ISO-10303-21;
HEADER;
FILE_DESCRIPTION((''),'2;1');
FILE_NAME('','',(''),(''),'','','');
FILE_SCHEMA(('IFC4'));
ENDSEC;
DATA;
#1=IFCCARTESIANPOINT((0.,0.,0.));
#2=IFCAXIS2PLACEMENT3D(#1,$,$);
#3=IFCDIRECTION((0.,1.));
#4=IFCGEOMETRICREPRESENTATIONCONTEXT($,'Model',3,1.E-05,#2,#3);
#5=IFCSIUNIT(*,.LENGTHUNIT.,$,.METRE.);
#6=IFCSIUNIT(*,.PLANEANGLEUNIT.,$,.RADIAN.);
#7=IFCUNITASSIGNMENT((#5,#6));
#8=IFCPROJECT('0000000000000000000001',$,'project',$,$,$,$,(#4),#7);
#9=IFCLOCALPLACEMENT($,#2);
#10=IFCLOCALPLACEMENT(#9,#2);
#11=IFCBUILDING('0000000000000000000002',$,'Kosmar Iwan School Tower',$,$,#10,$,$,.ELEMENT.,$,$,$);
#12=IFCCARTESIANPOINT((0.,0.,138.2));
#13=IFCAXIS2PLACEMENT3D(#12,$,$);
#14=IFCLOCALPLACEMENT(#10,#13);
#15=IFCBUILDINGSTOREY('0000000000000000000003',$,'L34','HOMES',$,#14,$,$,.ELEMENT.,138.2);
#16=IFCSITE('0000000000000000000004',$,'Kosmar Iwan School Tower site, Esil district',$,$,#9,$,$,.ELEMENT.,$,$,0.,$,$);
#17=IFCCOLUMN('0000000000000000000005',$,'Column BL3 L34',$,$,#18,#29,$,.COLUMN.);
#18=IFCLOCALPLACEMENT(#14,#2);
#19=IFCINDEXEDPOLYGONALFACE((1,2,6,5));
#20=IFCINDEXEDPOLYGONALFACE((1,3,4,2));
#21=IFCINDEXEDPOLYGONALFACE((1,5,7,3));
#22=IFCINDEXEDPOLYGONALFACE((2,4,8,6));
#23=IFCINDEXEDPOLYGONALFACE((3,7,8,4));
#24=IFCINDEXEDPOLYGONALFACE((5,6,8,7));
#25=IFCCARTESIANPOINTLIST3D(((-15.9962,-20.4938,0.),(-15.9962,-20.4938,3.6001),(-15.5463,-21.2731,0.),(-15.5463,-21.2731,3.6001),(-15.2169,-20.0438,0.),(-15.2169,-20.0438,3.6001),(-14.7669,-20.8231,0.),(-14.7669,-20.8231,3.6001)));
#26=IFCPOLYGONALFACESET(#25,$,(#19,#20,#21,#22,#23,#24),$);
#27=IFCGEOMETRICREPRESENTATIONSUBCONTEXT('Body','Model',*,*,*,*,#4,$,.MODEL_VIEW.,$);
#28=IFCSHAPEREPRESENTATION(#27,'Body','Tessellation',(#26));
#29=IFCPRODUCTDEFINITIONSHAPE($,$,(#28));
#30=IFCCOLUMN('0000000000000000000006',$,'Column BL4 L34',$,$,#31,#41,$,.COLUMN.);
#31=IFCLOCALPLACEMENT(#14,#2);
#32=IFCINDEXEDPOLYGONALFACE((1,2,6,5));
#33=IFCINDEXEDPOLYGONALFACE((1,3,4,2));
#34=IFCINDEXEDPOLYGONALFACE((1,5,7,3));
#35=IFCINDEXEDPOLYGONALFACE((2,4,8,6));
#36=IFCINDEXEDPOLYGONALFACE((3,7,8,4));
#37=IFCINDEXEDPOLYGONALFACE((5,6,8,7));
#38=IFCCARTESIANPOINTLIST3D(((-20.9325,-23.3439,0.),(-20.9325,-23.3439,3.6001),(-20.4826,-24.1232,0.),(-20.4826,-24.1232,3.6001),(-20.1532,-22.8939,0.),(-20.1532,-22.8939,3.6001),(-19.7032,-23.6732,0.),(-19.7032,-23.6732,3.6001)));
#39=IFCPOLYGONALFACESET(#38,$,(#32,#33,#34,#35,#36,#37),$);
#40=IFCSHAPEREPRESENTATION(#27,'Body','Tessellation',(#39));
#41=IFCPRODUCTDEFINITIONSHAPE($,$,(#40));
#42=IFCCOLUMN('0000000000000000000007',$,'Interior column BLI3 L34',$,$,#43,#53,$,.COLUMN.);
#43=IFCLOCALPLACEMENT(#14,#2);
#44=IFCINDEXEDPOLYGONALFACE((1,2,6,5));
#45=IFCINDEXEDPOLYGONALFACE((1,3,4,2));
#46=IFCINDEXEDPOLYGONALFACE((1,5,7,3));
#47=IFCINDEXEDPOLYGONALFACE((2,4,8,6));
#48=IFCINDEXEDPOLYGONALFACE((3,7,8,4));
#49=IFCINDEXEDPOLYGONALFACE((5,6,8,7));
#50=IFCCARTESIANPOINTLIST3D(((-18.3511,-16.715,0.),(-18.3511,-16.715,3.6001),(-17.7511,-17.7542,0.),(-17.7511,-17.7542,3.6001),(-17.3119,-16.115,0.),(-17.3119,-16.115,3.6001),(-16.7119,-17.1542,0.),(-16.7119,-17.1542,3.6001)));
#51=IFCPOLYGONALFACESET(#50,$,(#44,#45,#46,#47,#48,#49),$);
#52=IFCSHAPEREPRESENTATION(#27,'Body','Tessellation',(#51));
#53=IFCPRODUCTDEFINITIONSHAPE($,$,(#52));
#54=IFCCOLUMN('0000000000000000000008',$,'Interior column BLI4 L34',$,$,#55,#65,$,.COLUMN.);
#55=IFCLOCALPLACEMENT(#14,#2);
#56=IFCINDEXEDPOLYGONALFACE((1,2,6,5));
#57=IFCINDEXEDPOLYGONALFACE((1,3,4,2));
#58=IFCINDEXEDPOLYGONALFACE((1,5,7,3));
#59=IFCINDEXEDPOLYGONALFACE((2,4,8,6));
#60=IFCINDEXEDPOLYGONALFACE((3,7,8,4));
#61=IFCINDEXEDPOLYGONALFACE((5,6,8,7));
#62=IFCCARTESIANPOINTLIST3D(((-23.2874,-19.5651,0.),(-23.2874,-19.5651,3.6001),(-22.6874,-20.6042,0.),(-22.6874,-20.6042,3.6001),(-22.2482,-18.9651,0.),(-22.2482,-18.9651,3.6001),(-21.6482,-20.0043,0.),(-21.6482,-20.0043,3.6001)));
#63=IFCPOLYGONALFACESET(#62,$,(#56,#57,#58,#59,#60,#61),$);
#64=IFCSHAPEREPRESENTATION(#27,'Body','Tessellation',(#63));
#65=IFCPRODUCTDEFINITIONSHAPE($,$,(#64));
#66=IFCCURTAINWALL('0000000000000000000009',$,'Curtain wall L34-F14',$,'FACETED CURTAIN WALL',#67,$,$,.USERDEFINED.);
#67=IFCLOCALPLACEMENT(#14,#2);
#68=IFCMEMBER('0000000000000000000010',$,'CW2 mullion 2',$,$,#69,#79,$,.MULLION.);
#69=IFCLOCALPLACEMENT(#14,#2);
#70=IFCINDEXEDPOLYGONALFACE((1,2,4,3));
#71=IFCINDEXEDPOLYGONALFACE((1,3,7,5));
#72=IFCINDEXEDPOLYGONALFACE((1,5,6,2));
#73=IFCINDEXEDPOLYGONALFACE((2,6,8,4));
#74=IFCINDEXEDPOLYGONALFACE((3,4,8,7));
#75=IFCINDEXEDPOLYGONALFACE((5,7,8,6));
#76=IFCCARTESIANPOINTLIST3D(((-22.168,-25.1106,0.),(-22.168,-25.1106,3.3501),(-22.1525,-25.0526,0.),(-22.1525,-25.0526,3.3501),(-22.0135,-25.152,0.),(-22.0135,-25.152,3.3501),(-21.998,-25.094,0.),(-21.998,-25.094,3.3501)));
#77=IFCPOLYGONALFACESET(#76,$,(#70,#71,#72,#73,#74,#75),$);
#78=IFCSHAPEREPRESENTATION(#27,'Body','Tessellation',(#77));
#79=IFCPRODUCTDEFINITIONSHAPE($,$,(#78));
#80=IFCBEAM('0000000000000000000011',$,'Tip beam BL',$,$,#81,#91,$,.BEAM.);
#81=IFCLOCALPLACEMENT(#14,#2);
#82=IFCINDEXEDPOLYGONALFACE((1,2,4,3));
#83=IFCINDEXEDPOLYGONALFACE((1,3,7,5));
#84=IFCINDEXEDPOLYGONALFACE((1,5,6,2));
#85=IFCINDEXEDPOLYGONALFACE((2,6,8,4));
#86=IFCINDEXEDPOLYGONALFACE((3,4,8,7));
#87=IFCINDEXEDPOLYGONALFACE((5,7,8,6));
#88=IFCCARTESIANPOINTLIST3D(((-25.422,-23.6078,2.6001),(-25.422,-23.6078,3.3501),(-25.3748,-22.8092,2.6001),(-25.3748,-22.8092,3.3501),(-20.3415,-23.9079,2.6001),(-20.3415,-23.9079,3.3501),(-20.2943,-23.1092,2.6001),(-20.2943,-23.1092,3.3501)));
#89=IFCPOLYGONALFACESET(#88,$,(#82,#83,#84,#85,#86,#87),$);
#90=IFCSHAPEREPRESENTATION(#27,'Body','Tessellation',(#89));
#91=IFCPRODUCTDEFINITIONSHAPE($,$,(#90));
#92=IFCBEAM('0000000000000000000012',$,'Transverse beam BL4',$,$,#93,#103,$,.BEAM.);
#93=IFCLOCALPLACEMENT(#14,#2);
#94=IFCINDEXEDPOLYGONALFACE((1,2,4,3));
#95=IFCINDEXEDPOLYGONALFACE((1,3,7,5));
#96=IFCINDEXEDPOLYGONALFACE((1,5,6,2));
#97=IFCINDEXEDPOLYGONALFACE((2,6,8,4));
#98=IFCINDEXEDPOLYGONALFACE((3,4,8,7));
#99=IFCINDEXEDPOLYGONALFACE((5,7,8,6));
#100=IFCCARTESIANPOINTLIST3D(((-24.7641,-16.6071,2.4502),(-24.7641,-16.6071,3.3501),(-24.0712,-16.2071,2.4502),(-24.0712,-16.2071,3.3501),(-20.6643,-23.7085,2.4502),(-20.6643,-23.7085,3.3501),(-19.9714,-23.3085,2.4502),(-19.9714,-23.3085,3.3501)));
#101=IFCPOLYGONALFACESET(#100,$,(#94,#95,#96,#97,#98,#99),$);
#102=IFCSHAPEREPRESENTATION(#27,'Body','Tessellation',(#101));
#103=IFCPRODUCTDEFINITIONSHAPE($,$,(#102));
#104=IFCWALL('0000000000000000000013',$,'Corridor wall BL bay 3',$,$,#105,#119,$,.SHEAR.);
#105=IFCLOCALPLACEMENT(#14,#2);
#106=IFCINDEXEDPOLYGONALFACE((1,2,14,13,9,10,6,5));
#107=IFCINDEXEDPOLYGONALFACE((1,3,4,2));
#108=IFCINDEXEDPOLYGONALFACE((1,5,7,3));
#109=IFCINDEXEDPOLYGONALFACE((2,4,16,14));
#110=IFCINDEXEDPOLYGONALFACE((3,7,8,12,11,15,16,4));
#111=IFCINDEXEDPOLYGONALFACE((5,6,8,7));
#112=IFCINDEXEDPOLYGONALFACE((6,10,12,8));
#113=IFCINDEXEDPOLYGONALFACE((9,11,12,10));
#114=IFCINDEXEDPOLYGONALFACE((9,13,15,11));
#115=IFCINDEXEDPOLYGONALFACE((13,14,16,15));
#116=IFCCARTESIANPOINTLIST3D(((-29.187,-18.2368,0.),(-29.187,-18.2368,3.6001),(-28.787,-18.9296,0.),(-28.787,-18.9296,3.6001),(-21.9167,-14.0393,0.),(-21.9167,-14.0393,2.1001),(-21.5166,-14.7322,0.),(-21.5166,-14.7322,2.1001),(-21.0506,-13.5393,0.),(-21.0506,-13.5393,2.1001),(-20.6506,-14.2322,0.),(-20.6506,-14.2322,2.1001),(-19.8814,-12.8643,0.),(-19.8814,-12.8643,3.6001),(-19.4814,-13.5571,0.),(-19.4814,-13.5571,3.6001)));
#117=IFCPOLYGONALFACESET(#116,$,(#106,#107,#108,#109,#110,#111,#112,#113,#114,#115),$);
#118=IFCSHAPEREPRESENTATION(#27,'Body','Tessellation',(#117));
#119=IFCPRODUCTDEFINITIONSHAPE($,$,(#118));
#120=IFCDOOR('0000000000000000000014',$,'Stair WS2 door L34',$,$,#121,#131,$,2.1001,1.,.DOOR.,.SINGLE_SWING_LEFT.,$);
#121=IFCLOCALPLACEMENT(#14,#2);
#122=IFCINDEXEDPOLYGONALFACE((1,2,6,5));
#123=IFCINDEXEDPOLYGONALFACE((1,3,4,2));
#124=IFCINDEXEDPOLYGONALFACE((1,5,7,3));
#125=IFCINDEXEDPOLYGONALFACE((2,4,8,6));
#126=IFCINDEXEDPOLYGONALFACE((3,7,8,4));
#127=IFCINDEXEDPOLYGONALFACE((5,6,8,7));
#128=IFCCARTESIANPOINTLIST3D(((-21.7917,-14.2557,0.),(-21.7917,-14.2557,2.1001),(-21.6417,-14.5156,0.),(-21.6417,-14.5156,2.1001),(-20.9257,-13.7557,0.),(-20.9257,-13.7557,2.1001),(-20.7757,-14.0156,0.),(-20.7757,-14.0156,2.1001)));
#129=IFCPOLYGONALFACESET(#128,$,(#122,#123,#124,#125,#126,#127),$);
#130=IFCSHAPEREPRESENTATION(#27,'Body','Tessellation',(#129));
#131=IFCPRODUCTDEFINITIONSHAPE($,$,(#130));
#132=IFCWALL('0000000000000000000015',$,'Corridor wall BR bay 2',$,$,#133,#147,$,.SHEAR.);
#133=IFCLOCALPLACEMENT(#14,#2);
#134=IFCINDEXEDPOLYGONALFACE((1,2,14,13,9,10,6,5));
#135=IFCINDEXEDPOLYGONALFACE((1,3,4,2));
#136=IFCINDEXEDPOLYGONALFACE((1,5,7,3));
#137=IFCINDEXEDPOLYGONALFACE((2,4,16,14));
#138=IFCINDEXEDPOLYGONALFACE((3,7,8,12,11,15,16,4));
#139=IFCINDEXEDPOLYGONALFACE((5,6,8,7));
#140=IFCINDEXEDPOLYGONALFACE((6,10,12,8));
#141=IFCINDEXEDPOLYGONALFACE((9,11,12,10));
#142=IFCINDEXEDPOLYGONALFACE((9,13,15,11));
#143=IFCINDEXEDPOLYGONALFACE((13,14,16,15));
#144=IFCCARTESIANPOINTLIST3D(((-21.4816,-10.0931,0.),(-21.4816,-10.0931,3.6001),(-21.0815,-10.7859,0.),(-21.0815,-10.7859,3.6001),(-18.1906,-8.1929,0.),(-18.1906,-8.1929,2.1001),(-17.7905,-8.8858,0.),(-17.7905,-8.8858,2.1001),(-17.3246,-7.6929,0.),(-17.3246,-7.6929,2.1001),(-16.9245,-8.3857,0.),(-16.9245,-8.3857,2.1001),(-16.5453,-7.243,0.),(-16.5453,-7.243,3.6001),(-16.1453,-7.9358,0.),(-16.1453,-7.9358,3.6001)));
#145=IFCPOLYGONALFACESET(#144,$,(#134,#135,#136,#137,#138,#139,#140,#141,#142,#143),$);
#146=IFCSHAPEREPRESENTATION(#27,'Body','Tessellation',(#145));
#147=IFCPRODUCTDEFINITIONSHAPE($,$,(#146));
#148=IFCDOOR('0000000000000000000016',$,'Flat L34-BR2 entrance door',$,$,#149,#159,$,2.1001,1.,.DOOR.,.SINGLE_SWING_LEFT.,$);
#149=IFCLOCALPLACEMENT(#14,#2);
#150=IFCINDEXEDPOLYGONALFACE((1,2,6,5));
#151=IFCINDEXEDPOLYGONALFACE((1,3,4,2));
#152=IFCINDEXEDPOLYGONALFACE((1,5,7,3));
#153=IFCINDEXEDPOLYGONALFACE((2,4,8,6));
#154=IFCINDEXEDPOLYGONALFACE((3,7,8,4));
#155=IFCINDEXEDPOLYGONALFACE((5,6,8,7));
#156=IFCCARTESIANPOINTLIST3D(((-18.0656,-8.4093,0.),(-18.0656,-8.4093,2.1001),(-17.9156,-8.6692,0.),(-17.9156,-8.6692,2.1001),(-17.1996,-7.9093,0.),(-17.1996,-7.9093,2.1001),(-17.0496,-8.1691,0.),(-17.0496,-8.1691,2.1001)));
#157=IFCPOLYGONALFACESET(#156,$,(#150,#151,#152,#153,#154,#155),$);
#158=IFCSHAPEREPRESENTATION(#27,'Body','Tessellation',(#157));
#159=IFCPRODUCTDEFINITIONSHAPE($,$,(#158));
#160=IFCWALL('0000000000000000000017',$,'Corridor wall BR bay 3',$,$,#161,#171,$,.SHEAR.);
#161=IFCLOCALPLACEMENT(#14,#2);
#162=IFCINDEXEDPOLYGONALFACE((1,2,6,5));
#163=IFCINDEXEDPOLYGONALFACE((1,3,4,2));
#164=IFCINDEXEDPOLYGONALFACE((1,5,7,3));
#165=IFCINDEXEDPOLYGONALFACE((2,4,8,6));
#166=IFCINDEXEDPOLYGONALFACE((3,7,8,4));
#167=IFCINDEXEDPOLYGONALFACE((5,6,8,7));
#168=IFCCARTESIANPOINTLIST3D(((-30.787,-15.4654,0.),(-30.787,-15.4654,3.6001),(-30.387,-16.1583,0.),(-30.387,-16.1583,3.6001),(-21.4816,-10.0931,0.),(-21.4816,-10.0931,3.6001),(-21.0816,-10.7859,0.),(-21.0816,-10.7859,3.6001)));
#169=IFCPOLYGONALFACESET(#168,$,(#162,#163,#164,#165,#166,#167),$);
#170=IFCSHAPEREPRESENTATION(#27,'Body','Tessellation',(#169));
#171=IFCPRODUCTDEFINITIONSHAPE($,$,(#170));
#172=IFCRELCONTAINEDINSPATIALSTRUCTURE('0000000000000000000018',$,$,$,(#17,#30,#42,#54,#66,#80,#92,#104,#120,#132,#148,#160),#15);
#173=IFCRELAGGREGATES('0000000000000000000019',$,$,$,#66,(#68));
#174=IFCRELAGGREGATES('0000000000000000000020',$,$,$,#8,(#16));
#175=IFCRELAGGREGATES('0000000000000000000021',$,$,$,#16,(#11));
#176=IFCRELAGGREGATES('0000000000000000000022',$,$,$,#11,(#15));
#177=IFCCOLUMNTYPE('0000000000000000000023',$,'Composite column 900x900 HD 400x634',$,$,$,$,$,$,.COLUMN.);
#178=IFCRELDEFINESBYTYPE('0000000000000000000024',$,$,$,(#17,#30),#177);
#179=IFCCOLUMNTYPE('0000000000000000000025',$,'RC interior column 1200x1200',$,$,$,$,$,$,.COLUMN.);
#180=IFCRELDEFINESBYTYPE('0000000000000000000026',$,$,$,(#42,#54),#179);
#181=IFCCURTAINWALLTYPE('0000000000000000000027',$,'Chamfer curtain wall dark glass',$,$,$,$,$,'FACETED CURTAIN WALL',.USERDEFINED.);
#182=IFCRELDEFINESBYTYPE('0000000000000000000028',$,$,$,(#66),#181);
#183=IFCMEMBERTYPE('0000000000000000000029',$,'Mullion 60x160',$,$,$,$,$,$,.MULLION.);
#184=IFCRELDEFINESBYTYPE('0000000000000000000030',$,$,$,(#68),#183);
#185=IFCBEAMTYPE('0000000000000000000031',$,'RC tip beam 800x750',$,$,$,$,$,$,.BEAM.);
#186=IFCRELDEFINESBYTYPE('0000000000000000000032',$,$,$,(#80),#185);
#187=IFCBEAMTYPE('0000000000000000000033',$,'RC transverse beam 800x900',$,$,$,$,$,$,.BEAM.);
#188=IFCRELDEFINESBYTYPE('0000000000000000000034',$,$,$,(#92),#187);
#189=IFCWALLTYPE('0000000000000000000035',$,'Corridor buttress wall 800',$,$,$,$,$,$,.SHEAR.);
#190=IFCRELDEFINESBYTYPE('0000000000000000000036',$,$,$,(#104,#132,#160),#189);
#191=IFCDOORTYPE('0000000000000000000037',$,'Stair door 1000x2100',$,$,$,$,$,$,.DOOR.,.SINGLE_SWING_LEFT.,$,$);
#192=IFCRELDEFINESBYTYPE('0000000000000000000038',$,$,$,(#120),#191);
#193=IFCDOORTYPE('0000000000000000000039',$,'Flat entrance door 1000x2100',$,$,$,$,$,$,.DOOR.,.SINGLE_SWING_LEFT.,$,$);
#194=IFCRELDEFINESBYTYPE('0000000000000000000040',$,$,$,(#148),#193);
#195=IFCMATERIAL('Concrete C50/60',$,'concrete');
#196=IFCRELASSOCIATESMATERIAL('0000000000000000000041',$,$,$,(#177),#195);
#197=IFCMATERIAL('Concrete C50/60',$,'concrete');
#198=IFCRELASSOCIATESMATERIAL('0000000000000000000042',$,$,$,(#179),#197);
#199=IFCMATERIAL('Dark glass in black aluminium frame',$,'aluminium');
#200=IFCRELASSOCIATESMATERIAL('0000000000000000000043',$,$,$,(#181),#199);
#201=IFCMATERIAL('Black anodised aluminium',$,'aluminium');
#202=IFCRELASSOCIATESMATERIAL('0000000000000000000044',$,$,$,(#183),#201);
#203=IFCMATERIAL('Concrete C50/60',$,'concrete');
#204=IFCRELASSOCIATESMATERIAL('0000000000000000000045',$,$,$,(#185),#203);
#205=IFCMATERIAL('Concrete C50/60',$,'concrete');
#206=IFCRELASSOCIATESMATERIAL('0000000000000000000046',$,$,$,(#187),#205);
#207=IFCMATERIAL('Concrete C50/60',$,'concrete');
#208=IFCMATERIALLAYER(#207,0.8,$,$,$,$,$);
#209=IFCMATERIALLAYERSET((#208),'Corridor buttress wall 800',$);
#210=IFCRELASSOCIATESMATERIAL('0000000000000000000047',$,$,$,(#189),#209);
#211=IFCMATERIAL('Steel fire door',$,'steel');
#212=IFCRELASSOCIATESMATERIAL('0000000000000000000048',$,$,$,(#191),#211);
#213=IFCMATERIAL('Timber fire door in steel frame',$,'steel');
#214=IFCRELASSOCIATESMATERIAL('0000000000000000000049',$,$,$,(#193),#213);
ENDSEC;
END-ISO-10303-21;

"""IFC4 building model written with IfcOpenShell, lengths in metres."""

from ifc_helpers import new_model, si_unit, direction, frame, frame_2d, origin, origin_2d, place, context, subcontext, project, spatial, rectangle, extrude, material, layer, layer_set, material_profile, profile_set, type_object, element, fill, aggregate, save


model = new_model("IFC4")

# Units and contexts
model_context = context("Model", 3, precision=1e-05, world=origin(), true_north=direction((0.0, 1.0)))
body_context = subcontext(model_context, "Body", "Model", "MODEL_VIEW")
ifc_project = project(units=[si_unit("LENGTHUNIT", "METRE"), si_unit("PLANEANGLEUNIT", "RADIAN")], contexts=[model_context])

# Site, building, storey
site_placement = place(None, origin())
site = spatial("IfcSite", under=ifc_project, at=site_placement, Name="Kosmar Iwan School Tower site, Esil district", CompositionType="ELEMENT", RefElevation=0.0)
building_placement = place(site_placement, origin())
building = spatial("IfcBuilding", under=site, at=building_placement, Name="Kosmar Iwan School Tower", CompositionType="ELEMENT")
storey_placement = place(building_placement, frame((0.0, 0.0, 138.2)))
storey = spatial("IfcBuildingStorey", under=building, at=storey_placement, Name="L34", Description="HOMES", CompositionType="ELEMENT", Elevation=138.2)

# Columns
ifc_material_1 = material(Name="Concrete C50/60", Category="concrete")
ifc_material_profile_1 = material_profile(ifc_material_1, rectangle(XDim=0.8999, YDim=0.8999, at=origin_2d()), Name="RC 900x900 + HD 400x634")
ifc_profile_set_1 = profile_set([ifc_material_profile_1], Name="Concrete C50/60")
column_type_1 = type_object("IfcColumnType", Name="Composite column 900x900 HD 400x634", PredefinedType="COLUMN", material=ifc_profile_set_1)
for number, where, z_axis, x_axis, name in (
    (1, (-15.3816, -20.6584, 0.0), (0.0, 0.0, 1.0), (-0.866025, -0.5, 0.0), "Column BL3 L34"),
    (2, (-20.3179, -23.5085, 0.0), (0.0, 0.0, 1.0), (-0.866025, -0.5, 0.0), "Column BL4 L34"),
):
    element("IfcColumn", number, at=place(storey_placement, frame(where, z_axis=z_axis, x_axis=x_axis)), inside=storey, type_object=column_type_1, Name=name, PredefinedType="COLUMN", context=body_context, shape_type="SweptSolid", body=[
        extrude(rectangle(XDim=0.8999, YDim=0.8999, at=origin_2d()), origin(), (0.0, 0.0, 1.0), 3.6001),
    ])
ifc_material_2 = material(Name="Concrete C50/60", Category="concrete")
ifc_material_profile_2 = material_profile(ifc_material_2, rectangle(XDim=1.2, YDim=1.2, at=origin_2d()), Name="RC 1200x1200")
ifc_profile_set_2 = profile_set([ifc_material_profile_2], Name="Concrete C50/60")
column_type_2 = type_object("IfcColumnType", Name="RC interior column 1200x1200", PredefinedType="COLUMN", material=ifc_profile_set_2)
for number, where, z_axis, x_axis, name in (
    (3, (-17.5315, -16.9346, 0.0), (0.0, 0.0, 1.0), (-0.866025, -0.5, 0.0), "Interior column BLI3 L34"),
    (4, (-22.4678, -19.7847, 0.0), (0.0, 0.0, 1.0), (-0.866025, -0.5, 0.0), "Interior column BLI4 L34"),
):
    element("IfcColumn", number, at=place(storey_placement, frame(where, z_axis=z_axis, x_axis=x_axis)), inside=storey, type_object=column_type_2, Name=name, PredefinedType="COLUMN", context=body_context, shape_type="SweptSolid", body=[
        extrude(rectangle(XDim=1.2, YDim=1.2, at=origin_2d()), origin(), (0.0, 0.0, 1.0), 3.6001),
    ])

# Curtain wall, member
ifc_material_3 = material(Name="Dark glass in black aluminium frame", Category="aluminium")
curtain_wall_type = type_object("IfcCurtainWallType", Name="Chamfer curtain wall dark glass", ElementType="FACETED CURTAIN WALL", PredefinedType="USERDEFINED", material=ifc_material_3)
curtain_wall_placement = place(storey_placement, origin())
curtain_wall = element("IfcCurtainWall", 5, at=curtain_wall_placement, inside=storey, type_object=curtain_wall_type, Name="Curtain wall L34-F14", ObjectType="FACETED CURTAIN WALL", PredefinedType="USERDEFINED")
ifc_material_4 = material(Name="Black anodised aluminium", Category="aluminium")
ifc_material_profile_3 = material_profile(ifc_material_4, rectangle(XDim=0.0601, YDim=0.1599, at=origin_2d()), Name="MULLION 60x160")
ifc_profile_set_3 = profile_set([ifc_material_profile_3], Name="Black anodised aluminium")
member_type = type_object("IfcMemberType", Name="Mullion 60x160", PredefinedType="MULLION", material=ifc_profile_set_3)
member_placement = place(storey_placement, frame((-22.083, -25.1023, 0.0), z_axis=(0.0, 0.0, 1.0), x_axis=(0.258819, 0.965926, 0.0)))
member = element("IfcMember", 6, at=member_placement, type_object=member_type, Name="CW2 mullion 2", PredefinedType="MULLION", context=body_context, shape_type="SweptSolid", body=[
    extrude(rectangle(XDim=0.0601, YDim=0.1599, at=origin_2d()), origin(), (0.0, 0.0, 1.0), 3.3501),
])
aggregate(curtain_wall, [member])

# Beams
ifc_material_5 = material(Name="Concrete C50/60", Category="concrete")
ifc_material_profile_4 = material_profile(ifc_material_5, rectangle(XDim=0.8, YDim=0.75, at=origin_2d()), Name="RC 800x750")
ifc_profile_set_4 = profile_set([ifc_material_profile_4], Name="Concrete C50/60")
beam_type_1 = type_object("IfcBeamType", Name="RC tip beam 800x750", PredefinedType="BEAM", material=ifc_profile_set_4)
beam_1_placement = place(storey_placement, frame((-20.3179, -23.5085, 2.9751), z_axis=(-0.998261, 0.058955, 0.0), x_axis=(-0.058955, -0.998261, 0.0)))
element("IfcBeam", 7, at=beam_1_placement, inside=storey, type_object=beam_type_1, Name="Tip beam BL", PredefinedType="BEAM", context=body_context, shape_type="SweptSolid", body=[
    extrude(rectangle(XDim=0.8, YDim=0.75, at=origin_2d()), origin(), (0.0, 0.0, 1.0), 5.0894),
])
ifc_material_6 = material(Name="Concrete C50/60", Category="concrete")
ifc_material_profile_5 = material_profile(ifc_material_6, rectangle(XDim=0.8, YDim=0.8999, at=origin_2d()), Name="RC 800x900")
ifc_profile_set_5 = profile_set([ifc_material_profile_5], Name="Concrete C50/60")
beam_type_2 = type_object("IfcBeamType", Name="RC transverse beam 800x900", PredefinedType="BEAM", material=ifc_profile_set_5)
beam_2_placement = place(storey_placement, frame((-20.3179, -23.5085, 2.9001), z_axis=(-0.499978, 0.866038, 0.0), x_axis=(-0.866038, -0.499978, 0.0)))
element("IfcBeam", 8, at=beam_2_placement, inside=storey, type_object=beam_type_2, Name="Transverse beam BL4", PredefinedType="BEAM", context=body_context, shape_type="SweptSolid", body=[
    extrude(rectangle(XDim=0.8, YDim=0.8999, at=origin_2d()), origin(), (0.0, 0.0, 1.0), 8.2),
])

# Walls, openings, doors
ifc_material_7 = material(Name="Concrete C50/60", Category="concrete")
ifc_layer_1 = layer(ifc_material_7, 0.8)
ifc_layer_set_1 = layer_set([ifc_layer_1], Name="Corridor buttress wall 800")
wall_type_1 = type_object("IfcWallType", Name="Corridor buttress wall 800", PredefinedType="SHEAR", material=ifc_layer_set_1)
wall_1_placement = place(storey_placement, frame((-19.6814, -13.2107, 0.0), z_axis=(0.0, 0.0, 1.0), x_axis=(-0.866028, -0.499995, 0.0)))
wall_1 = element("IfcWall", 9, at=wall_1_placement, inside=storey, type_object=wall_type_1, Name="Corridor wall BL bay 3", PredefinedType="SHEAR", context=body_context, shape_type="SweptSolid", body=[
    extrude(rectangle(XDim=10.7451, YDim=0.8, at=frame_2d((5.3726, 0.0))), origin(), (0.0, 0.0, 1.0), 3.6001),
])
opening_1_placement = place(wall_1_placement, frame((1.3501, 0.0, 0.0)))
opening_1 = element("IfcOpeningElement", 10, at=opening_1_placement, cuts=wall_1, PredefinedType="OPENING", context=body_context, shape_type="SweptSolid", body=[
    extrude(rectangle(XDim=1.0, YDim=2.1001, at=frame_2d((0.5, 1.05))), frame((0.0, 0.4121, 0.0), z_axis=(0.0, -1.0, 0.0), x_axis=(1.0, 0.0, 0.0)), (0.0, 0.0, 1.0), 0.824),
])
ifc_material_8 = material(Name="Steel fire door", Category="steel")
door_type_1 = type_object("IfcDoorType", Name="Stair door 1000x2100", OperationType="SINGLE_SWING_LEFT", PredefinedType="DOOR", material=ifc_material_8)
door_1_placement = place(opening_1_placement, origin())
door_1 = element("IfcDoor", 11, at=door_1_placement, inside=storey, type_object=door_type_1, Name="Stair WS2 door L34", OperationType="SINGLE_SWING_LEFT", OverallHeight=2.1001, OverallWidth=1.0, PredefinedType="DOOR", context=body_context, shape_type="SweptSolid", body=[
    extrude(rectangle(XDim=1.0, YDim=2.1001, at=frame_2d((0.5, 1.05))), frame((0.0, 0.1499, 0.0), z_axis=(0.0, -1.0, 0.0), x_axis=(1.0, 0.0, 0.0)), (0.0, 0.0, 1.0), 0.3),
])
fill(opening_1, door_1)
wall_2_placement = place(storey_placement, frame((-16.3452, -7.5894, 0.0), z_axis=(0.0, 0.0, 1.0), x_axis=(-0.866015, -0.500018, 0.0)))
wall_2 = element("IfcWall", 12, at=wall_2_placement, inside=storey, type_object=wall_type_1, Name="Corridor wall BR bay 2", PredefinedType="SHEAR", context=body_context, shape_type="SweptSolid", body=[
    extrude(rectangle(XDim=5.7, YDim=0.8, at=frame_2d((2.8501, 0.0))), origin(), (0.0, 0.0, 1.0), 3.6001),
])
opening_2_placement = place(wall_2_placement, frame((0.8999, 0.0, 0.0)))
opening_2 = element("IfcOpeningElement", 13, at=opening_2_placement, cuts=wall_2, PredefinedType="OPENING", context=body_context, shape_type="SweptSolid", body=[
    extrude(rectangle(XDim=1.0, YDim=2.1001, at=frame_2d((0.5, 1.05))), frame((0.0, 0.4121, 0.0), z_axis=(0.0, -1.0, 0.0), x_axis=(1.0, 0.0, 0.0)), (0.0, 0.0, 1.0), 0.824),
])
ifc_material_9 = material(Name="Timber fire door in steel frame", Category="steel")
door_type_2 = type_object("IfcDoorType", Name="Flat entrance door 1000x2100", OperationType="SINGLE_SWING_LEFT", PredefinedType="DOOR", material=ifc_material_9)
door_2_placement = place(opening_2_placement, origin())
door_2 = element("IfcDoor", 14, at=door_2_placement, inside=storey, type_object=door_type_2, Name="Flat L34-BR2 entrance door", OperationType="SINGLE_SWING_LEFT", OverallHeight=2.1001, OverallWidth=1.0, PredefinedType="DOOR", context=body_context, shape_type="SweptSolid", body=[
    extrude(rectangle(XDim=1.0, YDim=2.1001, at=frame_2d((0.5, 1.05))), frame((0.0, 0.1499, 0.0), z_axis=(0.0, -1.0, 0.0), x_axis=(1.0, 0.0, 0.0)), (0.0, 0.0, 1.0), 0.3),
])
fill(opening_2, door_2)

# Wall
wall_3_placement = place(storey_placement, frame((-21.2815, -10.4395, 0.0), z_axis=(0.0, 0.0, 1.0), x_axis=(-0.866032, -0.499988, 0.0)))
element("IfcWall", 15, at=wall_3_placement, inside=storey, type_object=wall_type_1, Name="Corridor wall BR bay 3", PredefinedType="SHEAR", context=body_context, shape_type="SweptSolid", body=[
    extrude(rectangle(XDim=10.7449, YDim=0.8, at=frame_2d((5.3726, 0.0))), origin(), (0.0, 0.0, 1.0), 3.6001),
])

save(model, "model.ifc")
